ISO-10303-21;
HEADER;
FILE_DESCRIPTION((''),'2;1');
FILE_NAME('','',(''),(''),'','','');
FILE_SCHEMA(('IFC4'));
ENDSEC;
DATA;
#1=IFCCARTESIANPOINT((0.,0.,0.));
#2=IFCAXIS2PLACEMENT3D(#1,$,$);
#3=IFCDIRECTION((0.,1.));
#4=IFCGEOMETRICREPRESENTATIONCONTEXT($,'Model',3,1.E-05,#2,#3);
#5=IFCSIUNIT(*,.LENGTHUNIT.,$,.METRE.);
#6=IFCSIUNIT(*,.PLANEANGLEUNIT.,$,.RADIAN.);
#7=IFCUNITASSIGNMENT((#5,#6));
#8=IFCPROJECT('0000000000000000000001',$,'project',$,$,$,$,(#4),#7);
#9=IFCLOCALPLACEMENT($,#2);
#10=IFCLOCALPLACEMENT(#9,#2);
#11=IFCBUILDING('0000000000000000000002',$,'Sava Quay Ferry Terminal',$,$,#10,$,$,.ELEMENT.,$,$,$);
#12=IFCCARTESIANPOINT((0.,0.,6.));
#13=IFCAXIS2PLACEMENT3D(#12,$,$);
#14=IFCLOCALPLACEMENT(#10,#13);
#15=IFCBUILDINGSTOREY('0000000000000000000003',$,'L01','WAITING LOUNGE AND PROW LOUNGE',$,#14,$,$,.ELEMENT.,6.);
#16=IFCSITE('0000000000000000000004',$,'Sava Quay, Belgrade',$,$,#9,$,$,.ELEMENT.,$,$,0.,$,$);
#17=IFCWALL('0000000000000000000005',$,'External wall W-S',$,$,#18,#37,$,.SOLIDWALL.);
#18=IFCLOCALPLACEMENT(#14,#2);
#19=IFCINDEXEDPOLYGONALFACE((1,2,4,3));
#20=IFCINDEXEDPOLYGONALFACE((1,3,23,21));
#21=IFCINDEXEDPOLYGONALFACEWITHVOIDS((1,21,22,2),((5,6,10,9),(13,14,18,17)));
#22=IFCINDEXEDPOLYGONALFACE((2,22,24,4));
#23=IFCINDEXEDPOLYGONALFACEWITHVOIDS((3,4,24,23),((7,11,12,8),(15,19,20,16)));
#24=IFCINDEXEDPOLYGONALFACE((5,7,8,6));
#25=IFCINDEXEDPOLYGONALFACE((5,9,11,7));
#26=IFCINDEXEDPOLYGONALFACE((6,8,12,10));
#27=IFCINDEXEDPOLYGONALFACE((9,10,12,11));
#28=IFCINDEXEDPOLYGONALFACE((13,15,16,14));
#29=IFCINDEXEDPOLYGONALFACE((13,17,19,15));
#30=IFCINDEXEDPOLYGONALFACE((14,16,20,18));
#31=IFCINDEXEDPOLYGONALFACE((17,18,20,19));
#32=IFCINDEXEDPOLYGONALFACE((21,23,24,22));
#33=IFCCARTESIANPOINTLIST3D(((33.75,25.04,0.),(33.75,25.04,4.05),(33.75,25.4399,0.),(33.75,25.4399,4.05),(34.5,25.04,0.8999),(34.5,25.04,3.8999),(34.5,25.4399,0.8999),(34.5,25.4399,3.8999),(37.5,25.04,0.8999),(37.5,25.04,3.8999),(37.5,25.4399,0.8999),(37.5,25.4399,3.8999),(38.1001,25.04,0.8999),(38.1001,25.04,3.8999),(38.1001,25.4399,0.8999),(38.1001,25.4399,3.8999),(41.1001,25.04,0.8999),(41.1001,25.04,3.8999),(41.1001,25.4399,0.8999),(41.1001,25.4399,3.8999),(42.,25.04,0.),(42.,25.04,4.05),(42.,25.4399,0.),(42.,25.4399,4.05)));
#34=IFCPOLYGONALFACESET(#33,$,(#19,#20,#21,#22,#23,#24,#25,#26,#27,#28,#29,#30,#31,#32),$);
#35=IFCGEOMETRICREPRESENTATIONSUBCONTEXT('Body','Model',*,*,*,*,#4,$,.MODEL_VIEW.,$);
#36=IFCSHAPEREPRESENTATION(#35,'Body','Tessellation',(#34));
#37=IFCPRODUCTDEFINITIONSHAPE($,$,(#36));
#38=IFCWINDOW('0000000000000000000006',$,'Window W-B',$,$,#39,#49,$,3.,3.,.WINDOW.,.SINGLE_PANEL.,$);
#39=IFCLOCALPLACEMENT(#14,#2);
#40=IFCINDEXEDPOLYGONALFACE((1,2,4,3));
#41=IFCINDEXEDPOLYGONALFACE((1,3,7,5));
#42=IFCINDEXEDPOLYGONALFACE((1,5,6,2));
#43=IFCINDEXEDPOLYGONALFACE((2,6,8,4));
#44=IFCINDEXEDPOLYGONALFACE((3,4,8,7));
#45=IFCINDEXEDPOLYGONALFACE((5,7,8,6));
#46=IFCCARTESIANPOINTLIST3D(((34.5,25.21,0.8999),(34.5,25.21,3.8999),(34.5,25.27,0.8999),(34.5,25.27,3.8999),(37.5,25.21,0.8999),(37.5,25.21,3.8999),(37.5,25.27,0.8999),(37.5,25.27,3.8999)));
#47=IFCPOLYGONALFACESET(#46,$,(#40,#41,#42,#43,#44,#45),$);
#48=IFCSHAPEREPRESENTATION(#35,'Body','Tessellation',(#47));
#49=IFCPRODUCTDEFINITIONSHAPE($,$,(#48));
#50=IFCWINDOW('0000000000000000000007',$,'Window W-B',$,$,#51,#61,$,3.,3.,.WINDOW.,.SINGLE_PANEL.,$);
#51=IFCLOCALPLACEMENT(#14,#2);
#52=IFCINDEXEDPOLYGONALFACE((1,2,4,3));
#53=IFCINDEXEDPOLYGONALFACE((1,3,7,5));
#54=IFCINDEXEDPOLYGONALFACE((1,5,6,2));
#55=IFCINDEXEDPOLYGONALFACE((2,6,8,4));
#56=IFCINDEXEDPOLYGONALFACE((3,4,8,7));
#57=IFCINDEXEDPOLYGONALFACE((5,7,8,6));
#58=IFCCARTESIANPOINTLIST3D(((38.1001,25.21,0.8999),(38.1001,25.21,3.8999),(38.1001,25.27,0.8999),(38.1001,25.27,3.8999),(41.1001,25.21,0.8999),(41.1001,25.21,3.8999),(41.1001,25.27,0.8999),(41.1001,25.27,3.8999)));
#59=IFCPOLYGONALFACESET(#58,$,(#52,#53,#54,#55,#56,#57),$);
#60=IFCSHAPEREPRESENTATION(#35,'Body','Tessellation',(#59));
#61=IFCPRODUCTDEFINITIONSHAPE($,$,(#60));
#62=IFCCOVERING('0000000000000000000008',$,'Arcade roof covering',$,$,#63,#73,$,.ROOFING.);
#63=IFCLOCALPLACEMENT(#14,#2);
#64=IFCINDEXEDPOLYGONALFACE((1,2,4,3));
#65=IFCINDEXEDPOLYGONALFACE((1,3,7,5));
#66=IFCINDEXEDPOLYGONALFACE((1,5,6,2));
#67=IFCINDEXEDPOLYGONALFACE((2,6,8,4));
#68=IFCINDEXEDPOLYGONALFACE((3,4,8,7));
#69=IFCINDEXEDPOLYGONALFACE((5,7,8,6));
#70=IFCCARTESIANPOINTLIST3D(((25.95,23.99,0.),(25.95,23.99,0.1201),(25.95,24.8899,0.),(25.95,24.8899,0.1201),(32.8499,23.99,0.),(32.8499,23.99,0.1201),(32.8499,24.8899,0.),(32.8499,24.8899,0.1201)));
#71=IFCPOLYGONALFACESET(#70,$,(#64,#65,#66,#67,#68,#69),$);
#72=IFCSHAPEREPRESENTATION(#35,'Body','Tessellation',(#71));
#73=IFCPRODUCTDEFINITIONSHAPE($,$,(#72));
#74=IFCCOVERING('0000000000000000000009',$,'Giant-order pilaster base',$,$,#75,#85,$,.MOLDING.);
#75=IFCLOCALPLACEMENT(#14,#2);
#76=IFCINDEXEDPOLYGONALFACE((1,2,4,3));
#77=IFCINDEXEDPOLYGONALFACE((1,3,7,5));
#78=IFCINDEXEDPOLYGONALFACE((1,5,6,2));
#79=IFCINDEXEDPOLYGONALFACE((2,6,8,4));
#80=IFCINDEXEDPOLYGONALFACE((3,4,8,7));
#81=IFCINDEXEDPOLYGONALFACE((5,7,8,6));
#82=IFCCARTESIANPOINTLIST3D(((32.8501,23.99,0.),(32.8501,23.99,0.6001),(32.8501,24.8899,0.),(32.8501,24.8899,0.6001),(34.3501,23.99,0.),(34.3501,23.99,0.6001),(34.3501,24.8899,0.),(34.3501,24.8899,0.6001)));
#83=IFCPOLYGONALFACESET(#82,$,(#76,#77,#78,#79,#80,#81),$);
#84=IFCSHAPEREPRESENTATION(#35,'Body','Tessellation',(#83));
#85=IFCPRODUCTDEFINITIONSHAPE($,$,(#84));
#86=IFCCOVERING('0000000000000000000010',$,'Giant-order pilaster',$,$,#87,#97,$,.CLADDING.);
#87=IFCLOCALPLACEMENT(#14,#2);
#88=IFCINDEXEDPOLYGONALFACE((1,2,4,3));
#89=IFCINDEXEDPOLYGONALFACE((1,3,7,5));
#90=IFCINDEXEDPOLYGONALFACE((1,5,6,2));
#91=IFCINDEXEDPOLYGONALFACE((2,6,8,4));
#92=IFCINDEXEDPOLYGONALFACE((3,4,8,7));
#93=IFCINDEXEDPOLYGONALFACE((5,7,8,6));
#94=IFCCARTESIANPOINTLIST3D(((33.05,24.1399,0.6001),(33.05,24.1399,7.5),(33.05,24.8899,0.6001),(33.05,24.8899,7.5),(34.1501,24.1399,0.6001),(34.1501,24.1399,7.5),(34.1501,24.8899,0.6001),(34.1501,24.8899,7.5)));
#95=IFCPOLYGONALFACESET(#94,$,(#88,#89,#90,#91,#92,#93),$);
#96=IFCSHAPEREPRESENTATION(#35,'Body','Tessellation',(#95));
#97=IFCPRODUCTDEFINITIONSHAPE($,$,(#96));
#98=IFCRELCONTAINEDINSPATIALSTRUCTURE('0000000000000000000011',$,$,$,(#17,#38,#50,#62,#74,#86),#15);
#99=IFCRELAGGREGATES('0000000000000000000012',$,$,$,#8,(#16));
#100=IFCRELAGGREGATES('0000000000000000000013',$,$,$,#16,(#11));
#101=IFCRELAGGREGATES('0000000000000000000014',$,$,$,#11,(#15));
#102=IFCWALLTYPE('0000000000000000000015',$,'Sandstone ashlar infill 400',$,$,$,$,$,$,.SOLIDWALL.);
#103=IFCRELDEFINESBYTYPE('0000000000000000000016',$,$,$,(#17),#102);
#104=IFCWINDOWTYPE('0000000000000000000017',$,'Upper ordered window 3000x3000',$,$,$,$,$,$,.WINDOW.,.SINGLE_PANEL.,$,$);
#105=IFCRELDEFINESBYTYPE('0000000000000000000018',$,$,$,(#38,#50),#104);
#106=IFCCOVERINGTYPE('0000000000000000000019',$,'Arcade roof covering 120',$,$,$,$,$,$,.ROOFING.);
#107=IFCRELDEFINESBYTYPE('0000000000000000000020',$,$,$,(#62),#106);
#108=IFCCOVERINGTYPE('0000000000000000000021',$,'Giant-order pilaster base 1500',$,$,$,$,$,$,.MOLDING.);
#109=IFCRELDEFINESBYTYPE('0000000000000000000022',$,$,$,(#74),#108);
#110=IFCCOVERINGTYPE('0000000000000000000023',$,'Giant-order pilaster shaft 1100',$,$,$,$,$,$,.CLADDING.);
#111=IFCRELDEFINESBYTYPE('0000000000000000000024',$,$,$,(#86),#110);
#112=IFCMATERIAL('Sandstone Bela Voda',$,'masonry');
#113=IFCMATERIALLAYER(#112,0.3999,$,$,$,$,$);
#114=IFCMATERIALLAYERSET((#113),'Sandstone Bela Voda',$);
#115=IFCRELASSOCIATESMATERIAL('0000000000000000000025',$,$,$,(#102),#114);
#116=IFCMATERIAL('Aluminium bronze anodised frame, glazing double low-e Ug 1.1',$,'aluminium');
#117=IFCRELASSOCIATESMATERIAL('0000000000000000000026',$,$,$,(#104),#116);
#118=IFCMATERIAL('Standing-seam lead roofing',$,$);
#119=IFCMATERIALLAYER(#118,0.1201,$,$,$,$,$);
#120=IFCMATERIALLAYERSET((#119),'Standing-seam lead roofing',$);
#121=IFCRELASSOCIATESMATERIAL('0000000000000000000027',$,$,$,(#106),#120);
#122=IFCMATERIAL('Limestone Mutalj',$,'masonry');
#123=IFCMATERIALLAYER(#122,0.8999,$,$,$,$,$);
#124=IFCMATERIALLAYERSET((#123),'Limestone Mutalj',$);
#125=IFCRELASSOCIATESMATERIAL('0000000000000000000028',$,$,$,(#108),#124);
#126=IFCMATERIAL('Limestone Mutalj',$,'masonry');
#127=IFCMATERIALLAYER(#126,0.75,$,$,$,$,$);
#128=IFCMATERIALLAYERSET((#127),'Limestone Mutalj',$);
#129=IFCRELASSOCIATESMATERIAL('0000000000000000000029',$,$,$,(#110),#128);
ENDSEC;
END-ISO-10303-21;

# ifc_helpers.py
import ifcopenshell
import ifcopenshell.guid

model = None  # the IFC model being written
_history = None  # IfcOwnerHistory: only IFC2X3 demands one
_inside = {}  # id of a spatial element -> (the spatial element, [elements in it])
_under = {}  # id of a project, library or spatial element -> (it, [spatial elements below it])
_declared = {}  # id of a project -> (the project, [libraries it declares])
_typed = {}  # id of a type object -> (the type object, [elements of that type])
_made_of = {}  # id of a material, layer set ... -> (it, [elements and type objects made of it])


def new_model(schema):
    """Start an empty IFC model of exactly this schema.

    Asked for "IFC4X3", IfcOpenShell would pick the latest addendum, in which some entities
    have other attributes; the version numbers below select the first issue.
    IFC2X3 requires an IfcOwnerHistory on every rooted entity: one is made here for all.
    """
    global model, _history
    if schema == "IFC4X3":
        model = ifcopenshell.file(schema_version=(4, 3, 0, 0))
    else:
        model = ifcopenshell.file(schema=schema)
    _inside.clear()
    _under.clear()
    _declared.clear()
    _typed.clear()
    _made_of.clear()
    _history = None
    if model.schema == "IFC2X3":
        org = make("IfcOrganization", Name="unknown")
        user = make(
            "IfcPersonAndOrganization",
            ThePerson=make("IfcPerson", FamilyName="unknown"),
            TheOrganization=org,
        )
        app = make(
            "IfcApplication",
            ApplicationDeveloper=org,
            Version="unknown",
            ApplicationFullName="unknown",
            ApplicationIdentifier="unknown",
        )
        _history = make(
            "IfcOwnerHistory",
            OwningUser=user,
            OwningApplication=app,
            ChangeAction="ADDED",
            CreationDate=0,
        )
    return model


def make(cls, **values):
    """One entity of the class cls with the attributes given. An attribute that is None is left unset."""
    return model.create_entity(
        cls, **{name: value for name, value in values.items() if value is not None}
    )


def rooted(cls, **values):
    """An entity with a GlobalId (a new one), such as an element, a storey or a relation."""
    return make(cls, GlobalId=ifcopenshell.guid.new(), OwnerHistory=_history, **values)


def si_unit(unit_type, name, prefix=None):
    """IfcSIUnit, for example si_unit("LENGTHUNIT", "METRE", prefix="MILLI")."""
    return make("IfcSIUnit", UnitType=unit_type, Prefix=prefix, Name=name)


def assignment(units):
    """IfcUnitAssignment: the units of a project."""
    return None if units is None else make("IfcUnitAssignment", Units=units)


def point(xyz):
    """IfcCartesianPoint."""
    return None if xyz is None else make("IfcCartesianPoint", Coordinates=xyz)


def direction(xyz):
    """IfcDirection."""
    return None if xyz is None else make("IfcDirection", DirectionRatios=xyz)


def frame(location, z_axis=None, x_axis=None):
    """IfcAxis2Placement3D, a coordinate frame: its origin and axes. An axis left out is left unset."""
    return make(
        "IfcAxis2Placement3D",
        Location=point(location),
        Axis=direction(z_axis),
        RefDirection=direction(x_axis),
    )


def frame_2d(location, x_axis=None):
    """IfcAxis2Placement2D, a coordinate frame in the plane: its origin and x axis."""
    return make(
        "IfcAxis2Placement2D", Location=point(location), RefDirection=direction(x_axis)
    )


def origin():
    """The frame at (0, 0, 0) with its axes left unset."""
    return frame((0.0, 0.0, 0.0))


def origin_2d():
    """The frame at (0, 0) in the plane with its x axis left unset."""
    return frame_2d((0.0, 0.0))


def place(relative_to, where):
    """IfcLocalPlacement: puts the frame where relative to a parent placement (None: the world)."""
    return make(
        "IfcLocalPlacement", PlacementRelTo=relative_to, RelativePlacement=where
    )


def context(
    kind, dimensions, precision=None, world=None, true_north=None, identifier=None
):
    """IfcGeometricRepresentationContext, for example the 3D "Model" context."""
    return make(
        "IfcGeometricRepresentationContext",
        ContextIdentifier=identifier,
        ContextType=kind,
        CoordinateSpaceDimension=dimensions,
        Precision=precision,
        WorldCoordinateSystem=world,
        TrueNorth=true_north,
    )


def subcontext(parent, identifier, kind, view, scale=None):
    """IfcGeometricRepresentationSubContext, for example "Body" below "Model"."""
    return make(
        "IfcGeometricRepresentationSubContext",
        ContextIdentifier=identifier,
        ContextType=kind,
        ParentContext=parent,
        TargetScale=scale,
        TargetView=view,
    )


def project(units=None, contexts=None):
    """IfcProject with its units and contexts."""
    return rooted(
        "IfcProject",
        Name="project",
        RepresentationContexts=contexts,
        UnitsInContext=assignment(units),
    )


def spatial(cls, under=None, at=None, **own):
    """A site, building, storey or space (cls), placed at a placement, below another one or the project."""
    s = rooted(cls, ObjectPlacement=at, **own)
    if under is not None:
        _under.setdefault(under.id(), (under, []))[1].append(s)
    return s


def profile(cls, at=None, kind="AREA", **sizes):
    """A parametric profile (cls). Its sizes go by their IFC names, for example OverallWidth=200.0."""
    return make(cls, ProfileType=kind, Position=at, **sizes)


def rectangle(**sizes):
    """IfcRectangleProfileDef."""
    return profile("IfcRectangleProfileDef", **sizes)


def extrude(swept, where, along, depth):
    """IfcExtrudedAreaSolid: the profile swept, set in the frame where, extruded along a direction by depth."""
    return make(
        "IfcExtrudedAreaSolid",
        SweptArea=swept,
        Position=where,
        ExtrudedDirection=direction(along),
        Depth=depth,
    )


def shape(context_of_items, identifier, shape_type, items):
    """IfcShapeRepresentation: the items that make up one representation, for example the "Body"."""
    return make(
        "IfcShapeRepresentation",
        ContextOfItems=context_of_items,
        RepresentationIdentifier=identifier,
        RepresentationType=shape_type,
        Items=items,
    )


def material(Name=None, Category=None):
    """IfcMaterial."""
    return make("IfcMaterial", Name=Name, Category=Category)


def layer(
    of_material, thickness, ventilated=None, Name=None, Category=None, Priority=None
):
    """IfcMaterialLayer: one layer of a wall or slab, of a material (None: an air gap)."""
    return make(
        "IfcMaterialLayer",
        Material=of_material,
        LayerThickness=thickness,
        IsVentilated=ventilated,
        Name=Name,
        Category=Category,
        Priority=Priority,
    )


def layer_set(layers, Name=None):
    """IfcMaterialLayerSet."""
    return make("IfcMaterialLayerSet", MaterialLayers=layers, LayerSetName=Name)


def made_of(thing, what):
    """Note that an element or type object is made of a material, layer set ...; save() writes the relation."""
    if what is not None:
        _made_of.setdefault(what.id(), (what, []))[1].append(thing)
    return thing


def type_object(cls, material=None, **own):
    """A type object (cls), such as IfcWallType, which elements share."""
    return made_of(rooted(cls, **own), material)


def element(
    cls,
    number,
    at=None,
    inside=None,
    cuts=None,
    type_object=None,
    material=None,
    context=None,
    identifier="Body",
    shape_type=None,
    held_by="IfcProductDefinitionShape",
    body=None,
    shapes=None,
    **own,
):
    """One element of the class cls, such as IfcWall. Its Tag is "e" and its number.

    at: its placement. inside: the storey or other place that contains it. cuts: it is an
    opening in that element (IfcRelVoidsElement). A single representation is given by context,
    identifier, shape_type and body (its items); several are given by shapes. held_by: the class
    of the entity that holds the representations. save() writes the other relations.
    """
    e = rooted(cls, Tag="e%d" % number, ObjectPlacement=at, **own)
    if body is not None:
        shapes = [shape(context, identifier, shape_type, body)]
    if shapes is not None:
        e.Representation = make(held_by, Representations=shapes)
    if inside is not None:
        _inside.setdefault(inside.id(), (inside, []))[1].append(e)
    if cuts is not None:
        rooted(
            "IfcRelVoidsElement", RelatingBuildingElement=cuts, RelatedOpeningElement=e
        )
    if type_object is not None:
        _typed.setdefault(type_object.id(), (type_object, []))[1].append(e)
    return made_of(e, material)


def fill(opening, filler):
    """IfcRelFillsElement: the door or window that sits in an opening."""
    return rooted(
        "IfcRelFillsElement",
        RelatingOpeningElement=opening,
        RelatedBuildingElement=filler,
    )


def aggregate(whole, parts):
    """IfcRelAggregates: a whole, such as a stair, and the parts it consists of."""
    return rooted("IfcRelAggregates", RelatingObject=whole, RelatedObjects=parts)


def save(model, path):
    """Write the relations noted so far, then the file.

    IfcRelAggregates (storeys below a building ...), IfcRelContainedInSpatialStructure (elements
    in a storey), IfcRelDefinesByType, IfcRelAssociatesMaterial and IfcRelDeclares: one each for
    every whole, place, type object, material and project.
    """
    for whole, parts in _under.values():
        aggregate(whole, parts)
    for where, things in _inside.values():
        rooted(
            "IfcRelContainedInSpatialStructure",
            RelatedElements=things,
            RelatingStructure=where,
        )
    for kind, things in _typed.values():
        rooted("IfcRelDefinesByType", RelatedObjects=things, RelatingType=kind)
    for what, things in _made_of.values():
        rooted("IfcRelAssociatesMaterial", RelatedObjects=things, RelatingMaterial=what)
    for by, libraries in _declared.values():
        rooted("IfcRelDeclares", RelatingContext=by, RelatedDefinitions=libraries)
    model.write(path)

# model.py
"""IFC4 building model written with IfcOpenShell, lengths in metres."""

from ifc_helpers import new_model, si_unit, direction, frame, frame_2d, origin, origin_2d, place, context, subcontext, project, spatial, rectangle, extrude, material, layer, layer_set, type_object, element, fill, save


model = new_model("IFC4")

# Units and contexts
model_context = context("Model", 3, precision=1e-05, world=origin(), true_north=direction((0.0, 1.0)))
body_context = subcontext(model_context, "Body", "Model", "MODEL_VIEW")
ifc_project = project(units=[si_unit("LENGTHUNIT", "METRE"), si_unit("PLANEANGLEUNIT", "RADIAN")], contexts=[model_context])

# Site, building, storey
site_placement = place(None, origin())
site = spatial("IfcSite", under=ifc_project, at=site_placement, Name="Sava Quay, Belgrade", CompositionType="ELEMENT", RefElevation=0.0)
building_placement = place(site_placement, origin())
building = spatial("IfcBuilding", under=site, at=building_placement, Name="Sava Quay Ferry Terminal", CompositionType="ELEMENT")
storey_placement = place(building_placement, frame((0.0, 0.0, 6.0)))
storey = spatial("IfcBuildingStorey", under=building, at=storey_placement, Name="L01", Description="WAITING LOUNGE AND PROW LOUNGE", CompositionType="ELEMENT", Elevation=6.0)

# Wall, openings, windows
ifc_material_1 = material(Name="Sandstone Bela Voda", Category="masonry")
ifc_layer_1 = layer(ifc_material_1, 0.3999)
ifc_layer_set_1 = layer_set([ifc_layer_1], Name="Sandstone Bela Voda")
wall_type_1 = type_object("IfcWallType", Name="Sandstone ashlar infill 400", PredefinedType="SOLIDWALL", material=ifc_layer_set_1)
wall_1_placement = place(storey_placement, frame((33.75, 25.24, 0.0), z_axis=(0.0, 0.0, 1.0), x_axis=(1.0, 0.0, 0.0)))
wall_1 = element("IfcWall", 1, at=wall_1_placement, inside=storey, type_object=wall_type_1, Name="External wall W-S", PredefinedType="SOLIDWALL", context=body_context, shape_type="SweptSolid", body=[
    extrude(rectangle(XDim=8.25, YDim=0.3999, at=frame_2d((4.125, 0.0))), origin(), (0.0, 0.0, 1.0), 4.05),
])
opening_1_placement = place(wall_1_placement, frame((0.75, 0.0, 0.8999)))
opening_1 = element("IfcOpeningElement", 2, at=opening_1_placement, cuts=wall_1, PredefinedType="OPENING", context=body_context, shape_type="SweptSolid", body=[
    extrude(rectangle(XDim=3.0, YDim=3.0, at=frame_2d((1.5, 1.5))), frame((0.0, 0.2, 0.0), z_axis=(0.0, -1.0, 0.0), x_axis=(1.0, 0.0, 0.0)), (0.0, 0.0, 1.0), 0.3999),
])
opening_2_placement = place(wall_1_placement, frame((4.3501, 0.0, 0.8999)))
opening_2 = element("IfcOpeningElement", 3, at=opening_2_placement, cuts=wall_1, PredefinedType="OPENING", context=body_context, shape_type="SweptSolid", body=[
    extrude(rectangle(XDim=3.0, YDim=3.0, at=frame_2d((1.5, 1.5))), frame((0.0, 0.2, 0.0), z_axis=(0.0, -1.0, 0.0), x_axis=(1.0, 0.0, 0.0)), (0.0, 0.0, 1.0), 0.3999),
])
ifc_material_2 = material(Name="Aluminium bronze anodised frame, glazing double low-e Ug 1.1", Category="aluminium")
window_type = type_object("IfcWindowType", Name="Upper ordered window 3000x3000", PartitioningType="SINGLE_PANEL", PredefinedType="WINDOW", material=ifc_material_2)
window_1_placement = place(opening_1_placement, origin())
window_1 = element("IfcWindow", 4, at=window_1_placement, inside=storey, type_object=window_type, Name="Window W-B", OverallHeight=3.0, OverallWidth=3.0, PartitioningType="SINGLE_PANEL", PredefinedType="WINDOW", context=body_context, shape_type="SweptSolid", body=[
    extrude(rectangle(XDim=3.0, YDim=3.0, at=frame_2d((1.5, 1.5))), frame((0.0, 0.03, 0.0), z_axis=(0.0, -1.0, 0.0), x_axis=(1.0, 0.0, 0.0)), (0.0, 0.0, 1.0), 0.0601),
])
fill(opening_1, window_1)
window_2_placement = place(opening_2_placement, origin())
window_2 = element("IfcWindow", 5, at=window_2_placement, inside=storey, type_object=window_type, Name="Window W-B", OverallHeight=3.0, OverallWidth=3.0, PartitioningType="SINGLE_PANEL", PredefinedType="WINDOW", context=body_context, shape_type="SweptSolid", body=[
    extrude(rectangle(XDim=3.0, YDim=3.0, at=frame_2d((1.5, 1.5))), frame((0.0, 0.03, 0.0), z_axis=(0.0, -1.0, 0.0), x_axis=(1.0, 0.0, 0.0)), (0.0, 0.0, 1.0), 0.0601),
])
fill(opening_2, window_2)

# Coverings
ifc_material_3 = material(Name="Standing-seam lead roofing")
ifc_layer_2 = layer(ifc_material_3, 0.1201)
ifc_layer_set_2 = layer_set([ifc_layer_2], Name="Standing-seam lead roofing")
covering_type_1 = type_object("IfcCoveringType", Name="Arcade roof covering 120", PredefinedType="ROOFING", material=ifc_layer_set_2)
covering_1_placement = place(storey_placement, frame((29.3999, 24.4399, 0.0), z_axis=(0.0, 0.0, 1.0), x_axis=(1.0, 0.0, 0.0)))
element("IfcCovering", 6, at=covering_1_placement, inside=storey, type_object=covering_type_1, Name="Arcade roof covering", PredefinedType="ROOFING", context=body_context, shape_type="SweptSolid", body=[
    extrude(rectangle(XDim=6.8999, YDim=0.8999, at=origin_2d()), origin(), (0.0, 0.0, 1.0), 0.1201),
])
ifc_material_4 = material(Name="Limestone Mutalj", Category="masonry")
ifc_layer_3 = layer(ifc_material_4, 0.8999)
ifc_layer_set_3 = layer_set([ifc_layer_3], Name="Limestone Mutalj")
covering_type_2 = type_object("IfcCoveringType", Name="Giant-order pilaster base 1500", PredefinedType="MOLDING", material=ifc_layer_set_3)
covering_2_placement = place(storey_placement, frame((33.6001, 24.4399, 0.0), z_axis=(0.0, 0.0, 1.0), x_axis=(1.0, 0.0, 0.0)))
element("IfcCovering", 7, at=covering_2_placement, inside=storey, type_object=covering_type_2, Name="Giant-order pilaster base", PredefinedType="MOLDING", context=body_context, shape_type="SweptSolid", body=[
    extrude(rectangle(XDim=1.5, YDim=0.8999, at=origin_2d()), origin(), (0.0, 0.0, 1.0), 0.6001),
])
ifc_material_5 = material(Name="Limestone Mutalj", Category="masonry")
ifc_layer_4 = layer(ifc_material_5, 0.75)
ifc_layer_set_4 = layer_set([ifc_layer_4], Name="Limestone Mutalj")
covering_type_3 = type_object("IfcCoveringType", Name="Giant-order pilaster shaft 1100", PredefinedType="CLADDING", material=ifc_layer_set_4)
covering_3_placement = place(storey_placement, frame((33.6001, 24.5149, 0.6001), z_axis=(0.0, 0.0, 1.0), x_axis=(1.0, 0.0, 0.0)))
element("IfcCovering", 8, at=covering_3_placement, inside=storey, type_object=covering_type_3, Name="Giant-order pilaster", PredefinedType="CLADDING", context=body_context, shape_type="SweptSolid", body=[
    extrude(rectangle(XDim=1.1001, YDim=0.75, at=origin_2d()), origin(), (0.0, 0.0, 1.0), 6.8999),
])

save(model, "model.ifc")
